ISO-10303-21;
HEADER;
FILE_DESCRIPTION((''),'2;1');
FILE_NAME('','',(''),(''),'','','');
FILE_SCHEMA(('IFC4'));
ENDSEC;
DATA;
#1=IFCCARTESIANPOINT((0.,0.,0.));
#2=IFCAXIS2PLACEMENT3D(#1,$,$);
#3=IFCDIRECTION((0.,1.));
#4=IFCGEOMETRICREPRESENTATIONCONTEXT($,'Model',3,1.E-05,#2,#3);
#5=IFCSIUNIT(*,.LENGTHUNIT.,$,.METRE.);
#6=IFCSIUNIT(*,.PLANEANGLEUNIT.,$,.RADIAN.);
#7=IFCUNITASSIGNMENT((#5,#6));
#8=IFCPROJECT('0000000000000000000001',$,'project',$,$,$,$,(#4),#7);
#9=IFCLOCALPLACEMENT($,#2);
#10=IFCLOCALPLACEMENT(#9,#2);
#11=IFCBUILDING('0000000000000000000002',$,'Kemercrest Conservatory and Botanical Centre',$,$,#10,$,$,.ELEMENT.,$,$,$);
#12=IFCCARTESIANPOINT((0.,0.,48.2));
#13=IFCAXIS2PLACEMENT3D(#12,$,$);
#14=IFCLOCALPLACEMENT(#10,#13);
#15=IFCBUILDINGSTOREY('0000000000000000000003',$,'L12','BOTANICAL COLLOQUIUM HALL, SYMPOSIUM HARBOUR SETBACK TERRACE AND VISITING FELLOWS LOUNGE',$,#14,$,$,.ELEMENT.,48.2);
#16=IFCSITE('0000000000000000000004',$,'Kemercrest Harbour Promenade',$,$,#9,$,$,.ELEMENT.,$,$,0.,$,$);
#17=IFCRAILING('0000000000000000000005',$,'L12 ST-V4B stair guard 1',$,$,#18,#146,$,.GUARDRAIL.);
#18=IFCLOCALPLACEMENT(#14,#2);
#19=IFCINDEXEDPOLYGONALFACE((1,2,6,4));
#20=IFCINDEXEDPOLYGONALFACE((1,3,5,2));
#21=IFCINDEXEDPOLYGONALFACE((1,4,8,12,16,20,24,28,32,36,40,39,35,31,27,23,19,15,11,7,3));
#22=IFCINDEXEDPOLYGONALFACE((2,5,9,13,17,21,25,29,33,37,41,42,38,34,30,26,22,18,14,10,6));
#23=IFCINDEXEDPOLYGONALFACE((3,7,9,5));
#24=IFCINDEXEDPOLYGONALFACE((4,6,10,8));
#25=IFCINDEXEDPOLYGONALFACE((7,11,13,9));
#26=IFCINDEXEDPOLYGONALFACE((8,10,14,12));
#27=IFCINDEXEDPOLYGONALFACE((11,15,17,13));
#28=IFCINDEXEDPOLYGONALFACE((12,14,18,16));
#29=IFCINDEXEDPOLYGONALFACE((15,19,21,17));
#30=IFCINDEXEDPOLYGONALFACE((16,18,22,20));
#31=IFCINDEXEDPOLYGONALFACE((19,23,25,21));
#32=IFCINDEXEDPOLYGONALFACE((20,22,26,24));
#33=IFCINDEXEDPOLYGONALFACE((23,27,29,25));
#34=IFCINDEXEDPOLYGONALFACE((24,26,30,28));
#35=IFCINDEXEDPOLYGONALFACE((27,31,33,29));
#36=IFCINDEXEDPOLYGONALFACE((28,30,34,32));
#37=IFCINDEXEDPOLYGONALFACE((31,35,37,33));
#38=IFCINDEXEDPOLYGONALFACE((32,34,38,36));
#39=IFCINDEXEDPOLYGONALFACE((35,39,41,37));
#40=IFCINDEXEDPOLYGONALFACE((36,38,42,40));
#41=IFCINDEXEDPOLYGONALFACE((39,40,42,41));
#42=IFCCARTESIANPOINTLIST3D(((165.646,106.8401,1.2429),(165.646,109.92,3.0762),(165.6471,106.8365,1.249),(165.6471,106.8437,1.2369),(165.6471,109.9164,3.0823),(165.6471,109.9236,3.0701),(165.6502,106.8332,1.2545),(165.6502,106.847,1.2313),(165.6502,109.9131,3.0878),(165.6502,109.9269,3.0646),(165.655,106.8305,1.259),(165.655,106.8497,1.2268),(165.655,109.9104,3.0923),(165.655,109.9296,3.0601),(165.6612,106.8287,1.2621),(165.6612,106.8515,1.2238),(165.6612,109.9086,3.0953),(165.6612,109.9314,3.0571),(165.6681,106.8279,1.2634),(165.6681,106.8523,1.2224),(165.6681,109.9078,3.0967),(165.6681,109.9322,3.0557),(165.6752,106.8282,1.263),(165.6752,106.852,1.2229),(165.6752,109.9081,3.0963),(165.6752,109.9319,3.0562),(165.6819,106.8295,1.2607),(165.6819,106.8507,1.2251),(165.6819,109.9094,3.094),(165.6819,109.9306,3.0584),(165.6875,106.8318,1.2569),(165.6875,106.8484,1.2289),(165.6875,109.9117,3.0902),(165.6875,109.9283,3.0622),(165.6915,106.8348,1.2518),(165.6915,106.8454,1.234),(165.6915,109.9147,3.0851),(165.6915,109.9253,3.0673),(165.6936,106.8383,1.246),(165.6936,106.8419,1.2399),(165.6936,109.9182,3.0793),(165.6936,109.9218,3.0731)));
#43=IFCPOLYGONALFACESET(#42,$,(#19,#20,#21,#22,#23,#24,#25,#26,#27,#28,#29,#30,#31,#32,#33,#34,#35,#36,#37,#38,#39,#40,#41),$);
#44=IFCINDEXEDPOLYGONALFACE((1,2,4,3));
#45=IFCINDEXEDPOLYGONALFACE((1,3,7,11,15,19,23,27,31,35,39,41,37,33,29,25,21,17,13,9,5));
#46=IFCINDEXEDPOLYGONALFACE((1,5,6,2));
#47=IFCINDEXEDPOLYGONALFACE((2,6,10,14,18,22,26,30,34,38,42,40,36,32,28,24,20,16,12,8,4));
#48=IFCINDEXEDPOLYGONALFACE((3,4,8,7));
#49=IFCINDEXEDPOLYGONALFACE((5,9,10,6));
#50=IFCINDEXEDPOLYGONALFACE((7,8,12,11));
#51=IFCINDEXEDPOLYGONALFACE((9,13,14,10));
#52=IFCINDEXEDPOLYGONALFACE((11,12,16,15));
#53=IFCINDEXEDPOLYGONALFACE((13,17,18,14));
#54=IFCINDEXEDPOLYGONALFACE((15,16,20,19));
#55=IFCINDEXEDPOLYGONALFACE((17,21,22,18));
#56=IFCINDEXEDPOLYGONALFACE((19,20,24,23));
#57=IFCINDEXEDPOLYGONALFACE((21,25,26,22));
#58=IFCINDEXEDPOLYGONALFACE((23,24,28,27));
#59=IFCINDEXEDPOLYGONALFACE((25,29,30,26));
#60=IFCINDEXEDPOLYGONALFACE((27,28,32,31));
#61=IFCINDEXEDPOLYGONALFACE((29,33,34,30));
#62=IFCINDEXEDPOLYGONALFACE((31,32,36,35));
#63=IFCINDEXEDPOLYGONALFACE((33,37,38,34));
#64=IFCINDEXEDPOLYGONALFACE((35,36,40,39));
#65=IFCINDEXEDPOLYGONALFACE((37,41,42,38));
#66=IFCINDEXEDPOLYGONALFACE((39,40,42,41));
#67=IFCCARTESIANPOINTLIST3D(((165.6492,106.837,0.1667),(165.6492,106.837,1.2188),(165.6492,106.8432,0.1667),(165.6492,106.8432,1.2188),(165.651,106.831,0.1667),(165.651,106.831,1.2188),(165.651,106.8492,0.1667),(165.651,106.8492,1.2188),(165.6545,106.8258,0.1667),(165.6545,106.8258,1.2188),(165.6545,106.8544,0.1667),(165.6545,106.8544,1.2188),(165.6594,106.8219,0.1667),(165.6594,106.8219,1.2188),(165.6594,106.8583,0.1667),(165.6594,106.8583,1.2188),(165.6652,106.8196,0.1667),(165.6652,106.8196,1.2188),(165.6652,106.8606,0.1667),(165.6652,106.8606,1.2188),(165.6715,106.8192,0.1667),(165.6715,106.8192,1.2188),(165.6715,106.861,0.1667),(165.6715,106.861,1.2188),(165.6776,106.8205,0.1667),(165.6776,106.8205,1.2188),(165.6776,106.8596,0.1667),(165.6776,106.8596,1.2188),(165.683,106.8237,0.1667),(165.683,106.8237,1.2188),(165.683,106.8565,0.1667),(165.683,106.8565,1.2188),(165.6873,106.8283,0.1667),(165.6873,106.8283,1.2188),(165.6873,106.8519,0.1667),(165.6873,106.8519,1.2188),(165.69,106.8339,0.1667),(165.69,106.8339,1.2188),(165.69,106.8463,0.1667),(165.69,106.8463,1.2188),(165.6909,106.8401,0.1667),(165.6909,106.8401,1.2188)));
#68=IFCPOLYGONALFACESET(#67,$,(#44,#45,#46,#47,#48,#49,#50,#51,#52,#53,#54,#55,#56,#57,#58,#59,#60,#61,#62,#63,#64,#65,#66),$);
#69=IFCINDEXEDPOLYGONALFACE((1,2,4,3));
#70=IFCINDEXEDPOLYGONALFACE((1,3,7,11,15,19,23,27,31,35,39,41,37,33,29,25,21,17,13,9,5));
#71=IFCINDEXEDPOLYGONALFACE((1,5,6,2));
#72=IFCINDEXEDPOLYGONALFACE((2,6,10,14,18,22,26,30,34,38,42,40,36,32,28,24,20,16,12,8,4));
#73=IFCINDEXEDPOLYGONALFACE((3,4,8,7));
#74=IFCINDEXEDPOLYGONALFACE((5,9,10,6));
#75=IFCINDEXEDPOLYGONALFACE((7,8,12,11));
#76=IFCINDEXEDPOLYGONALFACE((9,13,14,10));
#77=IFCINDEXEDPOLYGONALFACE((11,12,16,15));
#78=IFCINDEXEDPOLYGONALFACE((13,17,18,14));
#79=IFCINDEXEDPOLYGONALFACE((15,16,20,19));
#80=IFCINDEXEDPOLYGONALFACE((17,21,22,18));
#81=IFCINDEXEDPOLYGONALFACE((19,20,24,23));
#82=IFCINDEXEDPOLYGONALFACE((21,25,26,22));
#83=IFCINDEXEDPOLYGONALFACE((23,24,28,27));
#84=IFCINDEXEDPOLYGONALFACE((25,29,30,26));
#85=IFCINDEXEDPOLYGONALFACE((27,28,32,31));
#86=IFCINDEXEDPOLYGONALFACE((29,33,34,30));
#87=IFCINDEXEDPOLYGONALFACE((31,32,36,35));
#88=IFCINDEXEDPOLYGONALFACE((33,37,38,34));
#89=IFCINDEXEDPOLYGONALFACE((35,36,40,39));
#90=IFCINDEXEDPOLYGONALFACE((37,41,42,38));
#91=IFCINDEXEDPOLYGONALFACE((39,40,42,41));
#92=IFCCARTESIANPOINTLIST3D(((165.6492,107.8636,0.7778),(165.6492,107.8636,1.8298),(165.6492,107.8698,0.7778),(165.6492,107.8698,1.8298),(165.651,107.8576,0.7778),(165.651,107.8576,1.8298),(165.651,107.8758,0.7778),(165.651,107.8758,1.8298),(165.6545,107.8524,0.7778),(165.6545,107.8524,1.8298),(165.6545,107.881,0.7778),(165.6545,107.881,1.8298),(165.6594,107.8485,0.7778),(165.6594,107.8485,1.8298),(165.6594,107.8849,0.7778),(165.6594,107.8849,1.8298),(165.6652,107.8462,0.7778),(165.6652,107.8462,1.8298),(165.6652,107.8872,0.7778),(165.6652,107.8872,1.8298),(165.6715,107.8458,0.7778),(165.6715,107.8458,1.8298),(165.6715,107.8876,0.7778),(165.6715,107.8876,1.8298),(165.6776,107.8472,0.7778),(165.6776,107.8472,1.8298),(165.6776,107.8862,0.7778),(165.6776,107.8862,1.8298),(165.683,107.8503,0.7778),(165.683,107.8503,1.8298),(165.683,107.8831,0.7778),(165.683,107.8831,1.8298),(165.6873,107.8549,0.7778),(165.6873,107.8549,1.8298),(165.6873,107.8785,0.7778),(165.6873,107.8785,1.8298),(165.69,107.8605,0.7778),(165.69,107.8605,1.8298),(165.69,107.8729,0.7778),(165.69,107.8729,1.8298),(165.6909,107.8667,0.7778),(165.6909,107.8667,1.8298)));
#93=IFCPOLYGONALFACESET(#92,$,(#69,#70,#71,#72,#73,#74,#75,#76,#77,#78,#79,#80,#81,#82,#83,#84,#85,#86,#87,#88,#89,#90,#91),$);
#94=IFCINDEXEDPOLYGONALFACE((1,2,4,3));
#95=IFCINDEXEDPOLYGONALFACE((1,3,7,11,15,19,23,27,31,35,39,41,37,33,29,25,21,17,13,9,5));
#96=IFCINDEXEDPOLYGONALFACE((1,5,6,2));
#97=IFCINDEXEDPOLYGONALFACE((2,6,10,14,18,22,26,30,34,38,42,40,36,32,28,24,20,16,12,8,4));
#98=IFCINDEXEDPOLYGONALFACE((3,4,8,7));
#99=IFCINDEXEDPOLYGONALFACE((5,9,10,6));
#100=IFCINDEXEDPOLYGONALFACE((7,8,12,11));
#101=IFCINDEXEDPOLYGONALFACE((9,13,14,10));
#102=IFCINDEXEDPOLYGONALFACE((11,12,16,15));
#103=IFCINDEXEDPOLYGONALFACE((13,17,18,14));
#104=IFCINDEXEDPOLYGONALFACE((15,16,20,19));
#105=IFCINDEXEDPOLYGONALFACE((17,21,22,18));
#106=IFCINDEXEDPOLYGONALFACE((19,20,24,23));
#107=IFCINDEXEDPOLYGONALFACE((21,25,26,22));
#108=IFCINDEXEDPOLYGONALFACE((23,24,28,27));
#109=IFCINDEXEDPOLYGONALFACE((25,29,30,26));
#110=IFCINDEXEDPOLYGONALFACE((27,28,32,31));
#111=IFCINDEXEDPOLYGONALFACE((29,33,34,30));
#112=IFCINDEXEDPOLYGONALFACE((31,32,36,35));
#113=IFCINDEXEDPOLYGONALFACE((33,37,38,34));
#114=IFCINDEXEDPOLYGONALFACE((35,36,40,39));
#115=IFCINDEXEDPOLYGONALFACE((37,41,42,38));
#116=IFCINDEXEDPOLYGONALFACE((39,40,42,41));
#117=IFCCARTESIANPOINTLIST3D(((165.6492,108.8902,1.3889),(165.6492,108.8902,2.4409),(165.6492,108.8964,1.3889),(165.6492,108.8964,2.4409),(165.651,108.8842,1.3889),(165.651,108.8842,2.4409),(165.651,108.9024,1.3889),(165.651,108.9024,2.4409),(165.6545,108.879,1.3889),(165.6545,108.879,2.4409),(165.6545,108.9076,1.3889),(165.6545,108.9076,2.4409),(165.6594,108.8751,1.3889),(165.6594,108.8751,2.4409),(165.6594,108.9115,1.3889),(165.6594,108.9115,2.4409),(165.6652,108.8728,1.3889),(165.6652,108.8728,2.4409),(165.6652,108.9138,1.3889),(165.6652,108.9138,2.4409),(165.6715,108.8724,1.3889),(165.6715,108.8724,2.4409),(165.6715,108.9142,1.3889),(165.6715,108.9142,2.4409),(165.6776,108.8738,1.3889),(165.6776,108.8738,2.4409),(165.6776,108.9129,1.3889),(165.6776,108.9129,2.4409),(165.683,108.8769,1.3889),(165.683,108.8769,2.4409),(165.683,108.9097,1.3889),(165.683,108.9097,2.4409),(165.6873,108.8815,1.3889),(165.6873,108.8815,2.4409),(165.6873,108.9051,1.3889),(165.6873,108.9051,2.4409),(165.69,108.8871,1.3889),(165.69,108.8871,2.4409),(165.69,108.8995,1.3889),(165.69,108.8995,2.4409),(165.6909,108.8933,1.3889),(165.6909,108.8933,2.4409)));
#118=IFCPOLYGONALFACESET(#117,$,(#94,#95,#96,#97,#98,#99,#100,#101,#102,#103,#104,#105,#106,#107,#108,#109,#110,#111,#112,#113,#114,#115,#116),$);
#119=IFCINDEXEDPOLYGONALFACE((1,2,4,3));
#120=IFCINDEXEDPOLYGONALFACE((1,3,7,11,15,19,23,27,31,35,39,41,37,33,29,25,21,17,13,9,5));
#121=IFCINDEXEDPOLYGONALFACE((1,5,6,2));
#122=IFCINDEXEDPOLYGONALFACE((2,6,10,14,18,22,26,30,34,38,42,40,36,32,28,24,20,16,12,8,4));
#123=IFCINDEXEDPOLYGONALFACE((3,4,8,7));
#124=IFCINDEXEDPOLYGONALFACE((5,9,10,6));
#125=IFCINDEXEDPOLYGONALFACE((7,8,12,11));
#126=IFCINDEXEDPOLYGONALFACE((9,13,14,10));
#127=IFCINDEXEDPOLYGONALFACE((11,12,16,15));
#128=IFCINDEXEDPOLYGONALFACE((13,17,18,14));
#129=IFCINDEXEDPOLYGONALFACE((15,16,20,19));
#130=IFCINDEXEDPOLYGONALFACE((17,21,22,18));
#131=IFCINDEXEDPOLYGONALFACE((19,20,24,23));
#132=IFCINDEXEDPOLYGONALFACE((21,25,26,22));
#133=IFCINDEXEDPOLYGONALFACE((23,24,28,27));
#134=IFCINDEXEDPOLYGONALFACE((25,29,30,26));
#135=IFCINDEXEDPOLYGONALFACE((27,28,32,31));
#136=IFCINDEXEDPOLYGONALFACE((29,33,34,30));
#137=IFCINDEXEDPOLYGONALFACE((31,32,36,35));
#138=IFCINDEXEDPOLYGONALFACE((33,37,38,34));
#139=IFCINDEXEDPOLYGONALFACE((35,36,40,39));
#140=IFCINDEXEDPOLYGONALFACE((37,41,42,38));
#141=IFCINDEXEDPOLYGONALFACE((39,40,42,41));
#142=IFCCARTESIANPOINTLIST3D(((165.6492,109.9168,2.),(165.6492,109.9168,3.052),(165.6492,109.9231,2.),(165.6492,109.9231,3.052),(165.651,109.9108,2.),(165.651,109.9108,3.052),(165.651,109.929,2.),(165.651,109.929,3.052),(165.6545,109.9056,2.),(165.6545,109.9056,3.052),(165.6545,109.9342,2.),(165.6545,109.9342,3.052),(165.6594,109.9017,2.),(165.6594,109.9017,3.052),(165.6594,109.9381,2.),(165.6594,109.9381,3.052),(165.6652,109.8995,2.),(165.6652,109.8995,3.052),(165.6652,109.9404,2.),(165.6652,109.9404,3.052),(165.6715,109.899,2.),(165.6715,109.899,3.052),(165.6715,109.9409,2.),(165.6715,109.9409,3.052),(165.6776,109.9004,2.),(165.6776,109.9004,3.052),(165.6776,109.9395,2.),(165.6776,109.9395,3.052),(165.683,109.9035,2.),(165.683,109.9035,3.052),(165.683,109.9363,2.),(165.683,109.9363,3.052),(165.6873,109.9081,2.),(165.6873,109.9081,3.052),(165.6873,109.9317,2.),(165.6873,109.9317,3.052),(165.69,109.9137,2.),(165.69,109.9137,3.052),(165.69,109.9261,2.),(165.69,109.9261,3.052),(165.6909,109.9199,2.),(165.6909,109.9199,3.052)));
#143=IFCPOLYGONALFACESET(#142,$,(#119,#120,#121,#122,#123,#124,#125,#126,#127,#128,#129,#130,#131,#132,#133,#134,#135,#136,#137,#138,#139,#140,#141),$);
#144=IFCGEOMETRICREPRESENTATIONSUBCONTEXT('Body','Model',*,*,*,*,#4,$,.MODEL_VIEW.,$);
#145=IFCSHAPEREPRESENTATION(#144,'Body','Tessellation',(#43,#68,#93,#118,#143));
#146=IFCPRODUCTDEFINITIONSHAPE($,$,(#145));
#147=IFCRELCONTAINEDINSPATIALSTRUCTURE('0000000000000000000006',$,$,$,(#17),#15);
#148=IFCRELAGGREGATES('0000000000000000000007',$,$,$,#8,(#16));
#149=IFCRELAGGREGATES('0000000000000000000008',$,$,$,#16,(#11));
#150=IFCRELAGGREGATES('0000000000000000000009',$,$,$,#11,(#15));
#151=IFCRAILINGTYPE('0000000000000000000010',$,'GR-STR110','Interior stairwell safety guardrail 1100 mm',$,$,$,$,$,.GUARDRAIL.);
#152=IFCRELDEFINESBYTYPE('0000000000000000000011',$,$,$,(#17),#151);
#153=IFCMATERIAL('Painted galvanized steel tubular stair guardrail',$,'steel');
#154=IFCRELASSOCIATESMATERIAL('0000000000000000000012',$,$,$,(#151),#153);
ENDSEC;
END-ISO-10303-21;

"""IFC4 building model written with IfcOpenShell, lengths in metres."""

from ifc_helpers import new_model, si_unit, direction, frame, origin, origin_2d, place, context, subcontext, project, spatial, circle, extrude, material, type_object, element, save


model = new_model("IFC4")

# Units and contexts
model_context = context("Model", 3, precision=1e-05, world=origin(), true_north=direction((0.0, 1.0)))
body_context = subcontext(model_context, "Body", "Model", "MODEL_VIEW")
ifc_project = project(units=[si_unit("LENGTHUNIT", "METRE"), si_unit("PLANEANGLEUNIT", "RADIAN")], contexts=[model_context])

# Site, building, storey
site_placement = place(None, origin())
site = spatial("IfcSite", under=ifc_project, at=site_placement, Name="Kemercrest Harbour Promenade", CompositionType="ELEMENT", RefElevation=0.0)
building_placement = place(site_placement, origin())
building = spatial("IfcBuilding", under=site, at=building_placement, Name="Kemercrest Conservatory and Botanical Centre", CompositionType="ELEMENT")
storey_placement = place(building_placement, frame((0.0, 0.0, 48.2)))
storey = spatial("IfcBuildingStorey", under=building, at=storey_placement, Name="L12", Description="BOTANICAL COLLOQUIUM HALL, SYMPOSIUM HARBOUR SETBACK TERRACE AND VISITING FELLOWS LOUNGE", CompositionType="ELEMENT", Elevation=48.2)

# Railing
ifc_material_1 = material(Name="Painted galvanized steel tubular stair guardrail", Category="steel")
railing_type_1 = type_object("IfcRailingType", Name="GR-STR110", Description="Interior stairwell safety guardrail 1100 mm", PredefinedType="GUARDRAIL", material=ifc_material_1)
railing_1_placement = place(storey_placement, frame((165.6699, 106.8401, 0.1667)))
element("IfcRailing", 1, at=railing_1_placement, inside=storey, type_object=railing_type_1, Name="L12 ST-V4B stair guard 1", PredefinedType="GUARDRAIL", context=body_context, shape_type="SweptSolid", body=[
    extrude(circle(Radius=0.0239, at=origin_2d()), frame((0.0, 0.0, 1.0762), z_axis=(0.0, 0.859291, 0.511487), x_axis=(-1.0, 0.0, 0.0)), (0.0, 0.0, 1.0), 3.5842),
    extrude(circle(Radius=0.021, at=origin_2d()), origin(), (0.0, 0.0, 1.0), 1.052),
    extrude(circle(Radius=0.021, at=origin_2d()), frame((0.0, 1.0266, 0.6111)), (0.0, 0.0, 1.0), 1.052),
    extrude(circle(Radius=0.021, at=origin_2d()), frame((0.0, 2.0532, 1.2222)), (0.0, 0.0, 1.0), 1.052),
    extrude(circle(Radius=0.021, at=origin_2d()), frame((0.0, 3.0798, 1.8333)), (0.0, 0.0, 1.0), 1.052),
])

save(model, "model.ifc")
